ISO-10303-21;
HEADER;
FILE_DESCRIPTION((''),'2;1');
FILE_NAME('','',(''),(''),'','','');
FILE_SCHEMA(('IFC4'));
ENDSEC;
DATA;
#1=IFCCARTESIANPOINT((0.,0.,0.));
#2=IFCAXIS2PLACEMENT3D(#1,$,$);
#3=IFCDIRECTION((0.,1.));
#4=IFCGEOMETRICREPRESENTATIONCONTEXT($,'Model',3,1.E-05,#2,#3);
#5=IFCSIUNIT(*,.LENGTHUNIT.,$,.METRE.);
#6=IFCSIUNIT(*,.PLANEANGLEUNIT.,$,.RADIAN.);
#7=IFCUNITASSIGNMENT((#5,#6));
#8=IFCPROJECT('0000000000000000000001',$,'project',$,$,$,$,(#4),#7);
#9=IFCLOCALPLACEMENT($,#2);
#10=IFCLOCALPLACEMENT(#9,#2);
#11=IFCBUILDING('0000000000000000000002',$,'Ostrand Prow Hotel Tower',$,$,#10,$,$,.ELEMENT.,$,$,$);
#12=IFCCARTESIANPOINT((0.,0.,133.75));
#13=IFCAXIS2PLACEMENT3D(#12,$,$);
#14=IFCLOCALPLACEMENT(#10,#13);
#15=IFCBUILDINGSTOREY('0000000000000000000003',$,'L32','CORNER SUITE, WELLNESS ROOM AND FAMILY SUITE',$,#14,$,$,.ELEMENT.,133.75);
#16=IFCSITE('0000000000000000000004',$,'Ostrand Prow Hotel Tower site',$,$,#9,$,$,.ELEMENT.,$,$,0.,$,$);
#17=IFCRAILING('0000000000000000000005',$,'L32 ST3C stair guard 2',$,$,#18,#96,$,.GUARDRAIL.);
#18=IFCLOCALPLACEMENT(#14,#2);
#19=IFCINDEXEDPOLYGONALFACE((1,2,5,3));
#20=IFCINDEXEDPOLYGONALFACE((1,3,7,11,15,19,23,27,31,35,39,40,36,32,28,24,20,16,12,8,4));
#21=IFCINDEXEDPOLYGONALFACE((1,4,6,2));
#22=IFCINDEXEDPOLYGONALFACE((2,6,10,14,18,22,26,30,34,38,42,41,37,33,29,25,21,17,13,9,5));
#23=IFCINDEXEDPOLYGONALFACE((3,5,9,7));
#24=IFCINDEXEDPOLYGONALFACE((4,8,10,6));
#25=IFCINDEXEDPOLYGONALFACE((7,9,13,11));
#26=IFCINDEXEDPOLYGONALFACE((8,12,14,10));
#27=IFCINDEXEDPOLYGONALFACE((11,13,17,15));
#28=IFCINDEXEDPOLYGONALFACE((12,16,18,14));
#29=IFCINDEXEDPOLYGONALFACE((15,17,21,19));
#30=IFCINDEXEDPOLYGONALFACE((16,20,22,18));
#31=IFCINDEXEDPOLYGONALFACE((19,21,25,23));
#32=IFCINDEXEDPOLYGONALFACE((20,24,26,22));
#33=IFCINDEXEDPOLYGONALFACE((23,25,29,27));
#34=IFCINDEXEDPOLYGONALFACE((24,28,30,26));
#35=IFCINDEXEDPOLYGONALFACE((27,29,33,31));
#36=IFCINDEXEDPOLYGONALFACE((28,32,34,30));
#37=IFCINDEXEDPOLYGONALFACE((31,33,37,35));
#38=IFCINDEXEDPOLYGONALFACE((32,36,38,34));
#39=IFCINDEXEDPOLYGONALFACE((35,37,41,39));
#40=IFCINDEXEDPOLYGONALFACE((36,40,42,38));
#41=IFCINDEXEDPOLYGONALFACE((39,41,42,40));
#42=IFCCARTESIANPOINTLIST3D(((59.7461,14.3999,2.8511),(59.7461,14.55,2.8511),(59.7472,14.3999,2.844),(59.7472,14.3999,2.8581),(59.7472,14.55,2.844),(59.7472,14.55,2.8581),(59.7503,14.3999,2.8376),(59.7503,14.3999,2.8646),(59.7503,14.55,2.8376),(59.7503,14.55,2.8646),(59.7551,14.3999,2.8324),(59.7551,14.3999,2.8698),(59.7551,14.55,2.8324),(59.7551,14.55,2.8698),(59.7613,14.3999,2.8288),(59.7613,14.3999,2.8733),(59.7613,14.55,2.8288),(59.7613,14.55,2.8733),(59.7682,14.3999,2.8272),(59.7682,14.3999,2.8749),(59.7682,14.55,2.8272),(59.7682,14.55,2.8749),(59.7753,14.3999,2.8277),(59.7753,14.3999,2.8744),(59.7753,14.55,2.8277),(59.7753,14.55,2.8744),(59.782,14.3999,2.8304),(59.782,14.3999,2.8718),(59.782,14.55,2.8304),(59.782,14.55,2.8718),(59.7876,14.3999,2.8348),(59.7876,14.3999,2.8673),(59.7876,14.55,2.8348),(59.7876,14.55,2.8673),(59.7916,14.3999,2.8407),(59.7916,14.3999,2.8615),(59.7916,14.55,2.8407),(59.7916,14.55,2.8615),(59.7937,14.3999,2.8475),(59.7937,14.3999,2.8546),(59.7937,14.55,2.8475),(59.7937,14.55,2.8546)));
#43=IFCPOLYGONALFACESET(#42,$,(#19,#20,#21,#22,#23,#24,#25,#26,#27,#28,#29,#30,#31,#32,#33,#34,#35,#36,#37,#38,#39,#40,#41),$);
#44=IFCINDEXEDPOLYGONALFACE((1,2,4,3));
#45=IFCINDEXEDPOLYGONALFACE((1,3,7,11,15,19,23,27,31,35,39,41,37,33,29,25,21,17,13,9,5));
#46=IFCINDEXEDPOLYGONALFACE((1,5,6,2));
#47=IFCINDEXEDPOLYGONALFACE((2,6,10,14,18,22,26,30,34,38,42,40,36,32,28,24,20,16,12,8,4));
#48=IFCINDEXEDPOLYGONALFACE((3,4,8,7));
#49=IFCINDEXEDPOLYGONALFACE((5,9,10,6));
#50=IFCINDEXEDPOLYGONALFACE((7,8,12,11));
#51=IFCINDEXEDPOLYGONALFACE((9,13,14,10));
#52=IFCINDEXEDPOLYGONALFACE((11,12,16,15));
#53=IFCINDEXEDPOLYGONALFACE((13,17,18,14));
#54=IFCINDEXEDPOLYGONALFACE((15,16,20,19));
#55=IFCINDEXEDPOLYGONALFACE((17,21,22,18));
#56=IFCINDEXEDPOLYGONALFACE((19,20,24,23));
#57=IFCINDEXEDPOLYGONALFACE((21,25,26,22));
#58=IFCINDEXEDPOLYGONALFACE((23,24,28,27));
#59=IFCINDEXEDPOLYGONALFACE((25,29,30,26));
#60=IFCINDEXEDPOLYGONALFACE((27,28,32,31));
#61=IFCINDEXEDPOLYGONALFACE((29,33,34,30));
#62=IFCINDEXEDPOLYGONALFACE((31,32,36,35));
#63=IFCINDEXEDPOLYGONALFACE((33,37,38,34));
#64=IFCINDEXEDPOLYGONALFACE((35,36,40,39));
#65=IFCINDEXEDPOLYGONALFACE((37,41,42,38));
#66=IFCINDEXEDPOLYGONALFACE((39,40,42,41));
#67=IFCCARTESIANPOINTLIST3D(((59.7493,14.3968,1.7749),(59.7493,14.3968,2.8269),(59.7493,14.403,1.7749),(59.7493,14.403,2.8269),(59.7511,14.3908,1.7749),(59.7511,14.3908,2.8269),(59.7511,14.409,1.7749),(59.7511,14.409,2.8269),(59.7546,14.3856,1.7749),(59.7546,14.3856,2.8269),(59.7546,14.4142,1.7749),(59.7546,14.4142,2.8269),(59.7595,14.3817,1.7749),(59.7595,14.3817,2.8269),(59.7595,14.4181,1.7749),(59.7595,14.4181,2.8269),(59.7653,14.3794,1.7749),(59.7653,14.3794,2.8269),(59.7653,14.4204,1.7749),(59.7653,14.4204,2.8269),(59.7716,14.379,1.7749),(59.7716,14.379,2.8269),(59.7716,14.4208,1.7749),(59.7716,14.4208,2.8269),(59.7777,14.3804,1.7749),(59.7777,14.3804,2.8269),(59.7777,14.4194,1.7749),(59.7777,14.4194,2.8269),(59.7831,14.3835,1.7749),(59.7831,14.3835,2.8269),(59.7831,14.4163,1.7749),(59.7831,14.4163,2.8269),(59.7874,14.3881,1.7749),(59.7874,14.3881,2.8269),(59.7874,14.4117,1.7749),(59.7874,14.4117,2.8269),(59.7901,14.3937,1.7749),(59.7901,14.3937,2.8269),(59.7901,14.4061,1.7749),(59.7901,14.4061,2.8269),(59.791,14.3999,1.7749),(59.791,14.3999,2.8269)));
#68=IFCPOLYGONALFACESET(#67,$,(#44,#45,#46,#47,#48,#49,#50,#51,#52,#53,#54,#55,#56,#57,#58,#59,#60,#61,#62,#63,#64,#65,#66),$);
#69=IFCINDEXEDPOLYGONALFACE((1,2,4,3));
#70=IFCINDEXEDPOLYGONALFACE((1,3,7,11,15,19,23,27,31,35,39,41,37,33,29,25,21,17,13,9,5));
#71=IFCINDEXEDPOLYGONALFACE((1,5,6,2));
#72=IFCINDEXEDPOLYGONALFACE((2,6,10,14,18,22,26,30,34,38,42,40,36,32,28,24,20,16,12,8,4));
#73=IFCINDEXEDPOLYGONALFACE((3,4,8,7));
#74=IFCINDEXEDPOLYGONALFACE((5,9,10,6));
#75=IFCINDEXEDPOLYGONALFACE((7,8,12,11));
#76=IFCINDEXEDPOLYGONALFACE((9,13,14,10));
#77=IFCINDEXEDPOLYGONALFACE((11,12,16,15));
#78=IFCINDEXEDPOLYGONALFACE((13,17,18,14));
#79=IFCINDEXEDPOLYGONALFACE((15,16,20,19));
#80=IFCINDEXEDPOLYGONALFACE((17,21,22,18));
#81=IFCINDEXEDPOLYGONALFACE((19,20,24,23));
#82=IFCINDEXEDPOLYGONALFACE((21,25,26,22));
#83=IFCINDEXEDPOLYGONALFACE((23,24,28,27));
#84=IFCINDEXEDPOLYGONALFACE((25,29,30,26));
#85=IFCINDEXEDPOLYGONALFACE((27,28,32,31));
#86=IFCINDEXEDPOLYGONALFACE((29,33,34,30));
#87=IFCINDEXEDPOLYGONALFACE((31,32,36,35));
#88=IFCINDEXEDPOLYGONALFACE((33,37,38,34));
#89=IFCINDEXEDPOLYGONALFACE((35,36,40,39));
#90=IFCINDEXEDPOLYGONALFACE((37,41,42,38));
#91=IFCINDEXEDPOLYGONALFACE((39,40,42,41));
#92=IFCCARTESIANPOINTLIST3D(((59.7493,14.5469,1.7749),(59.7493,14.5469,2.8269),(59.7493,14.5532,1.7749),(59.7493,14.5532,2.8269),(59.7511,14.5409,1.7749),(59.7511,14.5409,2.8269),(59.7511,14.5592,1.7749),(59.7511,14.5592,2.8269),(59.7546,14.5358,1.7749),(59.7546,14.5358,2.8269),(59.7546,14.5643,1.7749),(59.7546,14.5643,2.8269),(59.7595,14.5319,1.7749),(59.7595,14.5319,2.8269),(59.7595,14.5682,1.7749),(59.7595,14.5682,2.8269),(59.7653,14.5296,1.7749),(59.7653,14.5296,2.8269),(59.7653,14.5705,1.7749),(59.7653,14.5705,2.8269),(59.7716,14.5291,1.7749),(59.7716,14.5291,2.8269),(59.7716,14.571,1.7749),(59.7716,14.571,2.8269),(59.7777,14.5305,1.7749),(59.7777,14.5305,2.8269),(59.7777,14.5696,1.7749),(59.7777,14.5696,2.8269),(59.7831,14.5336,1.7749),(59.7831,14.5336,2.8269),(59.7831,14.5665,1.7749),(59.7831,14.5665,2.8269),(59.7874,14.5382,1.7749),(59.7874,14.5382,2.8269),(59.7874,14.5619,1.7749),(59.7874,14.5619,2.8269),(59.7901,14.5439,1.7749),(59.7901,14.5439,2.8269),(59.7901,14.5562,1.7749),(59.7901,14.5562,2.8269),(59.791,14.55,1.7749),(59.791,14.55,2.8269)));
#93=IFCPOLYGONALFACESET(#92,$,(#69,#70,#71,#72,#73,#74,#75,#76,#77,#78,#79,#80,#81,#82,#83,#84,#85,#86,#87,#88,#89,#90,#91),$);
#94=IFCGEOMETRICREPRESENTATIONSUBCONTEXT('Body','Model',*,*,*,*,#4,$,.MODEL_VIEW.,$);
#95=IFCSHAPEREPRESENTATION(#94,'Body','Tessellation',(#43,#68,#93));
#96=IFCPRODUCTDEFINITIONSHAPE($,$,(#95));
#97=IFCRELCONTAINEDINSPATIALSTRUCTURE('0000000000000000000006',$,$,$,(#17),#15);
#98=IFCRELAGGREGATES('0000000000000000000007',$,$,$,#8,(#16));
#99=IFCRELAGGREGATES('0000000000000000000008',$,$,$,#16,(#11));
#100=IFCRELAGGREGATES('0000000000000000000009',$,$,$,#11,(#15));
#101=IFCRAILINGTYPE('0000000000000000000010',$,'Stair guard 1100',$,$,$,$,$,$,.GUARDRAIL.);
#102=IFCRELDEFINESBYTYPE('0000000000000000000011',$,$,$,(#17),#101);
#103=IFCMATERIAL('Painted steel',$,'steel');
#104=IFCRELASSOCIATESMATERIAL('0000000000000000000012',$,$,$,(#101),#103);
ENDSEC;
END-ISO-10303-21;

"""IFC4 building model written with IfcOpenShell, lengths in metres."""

from ifc_helpers import new_model, si_unit, direction, frame, origin, origin_2d, place, context, subcontext, project, spatial, circle, extrude, material, type_object, element, save


model = new_model("IFC4")

# Units and contexts
model_context = context("Model", 3, precision=1e-05, world=origin(), true_north=direction((0.0, 1.0)))
body_context = subcontext(model_context, "Body", "Model", "MODEL_VIEW")
ifc_project = project(units=[si_unit("LENGTHUNIT", "METRE"), si_unit("PLANEANGLEUNIT", "RADIAN")], contexts=[model_context])

# Site, building, storey
site_placement = place(None, origin())
site = spatial("IfcSite", under=ifc_project, at=site_placement, Name="Ostrand Prow Hotel Tower site", CompositionType="ELEMENT", RefElevation=0.0)
building_placement = place(site_placement, origin())
building = spatial("IfcBuilding", under=site, at=building_placement, Name="Ostrand Prow Hotel Tower", CompositionType="ELEMENT")
storey_placement = place(building_placement, frame((0.0, 0.0, 133.75)))
storey = spatial("IfcBuildingStorey", under=building, at=storey_placement, Name="L32", Description="CORNER SUITE, WELLNESS ROOM AND FAMILY SUITE", CompositionType="ELEMENT", Elevation=133.75)

# Railing
ifc_material_1 = material(Name="Painted steel", Category="steel")
railing_type_1 = type_object("IfcRailingType", Name="Stair guard 1100", PredefinedType="GUARDRAIL", material=ifc_material_1)
railing_1_placement = place(storey_placement, frame((59.77, 14.3999, 1.7749)))
element("IfcRailing", 1, at=railing_1_placement, inside=storey, type_object=railing_type_1, Name="L32 ST3C stair guard 2", PredefinedType="GUARDRAIL", context=body_context, shape_type="SweptSolid", body=[
    extrude(circle(Radius=0.0239, at=origin_2d()), frame((0.0, 0.0, 1.0762), z_axis=(0.0, 1.0, 0.0), x_axis=(-1.0, 0.0, 0.0)), (0.0, 0.0, 1.0), 0.1501),
    extrude(circle(Radius=0.021, at=origin_2d()), origin(), (0.0, 0.0, 1.0), 1.052),
    extrude(circle(Radius=0.021, at=origin_2d()), frame((0.0, 0.1501, 0.0)), (0.0, 0.0, 1.0), 1.052),
])

save(model, "model.ifc")
